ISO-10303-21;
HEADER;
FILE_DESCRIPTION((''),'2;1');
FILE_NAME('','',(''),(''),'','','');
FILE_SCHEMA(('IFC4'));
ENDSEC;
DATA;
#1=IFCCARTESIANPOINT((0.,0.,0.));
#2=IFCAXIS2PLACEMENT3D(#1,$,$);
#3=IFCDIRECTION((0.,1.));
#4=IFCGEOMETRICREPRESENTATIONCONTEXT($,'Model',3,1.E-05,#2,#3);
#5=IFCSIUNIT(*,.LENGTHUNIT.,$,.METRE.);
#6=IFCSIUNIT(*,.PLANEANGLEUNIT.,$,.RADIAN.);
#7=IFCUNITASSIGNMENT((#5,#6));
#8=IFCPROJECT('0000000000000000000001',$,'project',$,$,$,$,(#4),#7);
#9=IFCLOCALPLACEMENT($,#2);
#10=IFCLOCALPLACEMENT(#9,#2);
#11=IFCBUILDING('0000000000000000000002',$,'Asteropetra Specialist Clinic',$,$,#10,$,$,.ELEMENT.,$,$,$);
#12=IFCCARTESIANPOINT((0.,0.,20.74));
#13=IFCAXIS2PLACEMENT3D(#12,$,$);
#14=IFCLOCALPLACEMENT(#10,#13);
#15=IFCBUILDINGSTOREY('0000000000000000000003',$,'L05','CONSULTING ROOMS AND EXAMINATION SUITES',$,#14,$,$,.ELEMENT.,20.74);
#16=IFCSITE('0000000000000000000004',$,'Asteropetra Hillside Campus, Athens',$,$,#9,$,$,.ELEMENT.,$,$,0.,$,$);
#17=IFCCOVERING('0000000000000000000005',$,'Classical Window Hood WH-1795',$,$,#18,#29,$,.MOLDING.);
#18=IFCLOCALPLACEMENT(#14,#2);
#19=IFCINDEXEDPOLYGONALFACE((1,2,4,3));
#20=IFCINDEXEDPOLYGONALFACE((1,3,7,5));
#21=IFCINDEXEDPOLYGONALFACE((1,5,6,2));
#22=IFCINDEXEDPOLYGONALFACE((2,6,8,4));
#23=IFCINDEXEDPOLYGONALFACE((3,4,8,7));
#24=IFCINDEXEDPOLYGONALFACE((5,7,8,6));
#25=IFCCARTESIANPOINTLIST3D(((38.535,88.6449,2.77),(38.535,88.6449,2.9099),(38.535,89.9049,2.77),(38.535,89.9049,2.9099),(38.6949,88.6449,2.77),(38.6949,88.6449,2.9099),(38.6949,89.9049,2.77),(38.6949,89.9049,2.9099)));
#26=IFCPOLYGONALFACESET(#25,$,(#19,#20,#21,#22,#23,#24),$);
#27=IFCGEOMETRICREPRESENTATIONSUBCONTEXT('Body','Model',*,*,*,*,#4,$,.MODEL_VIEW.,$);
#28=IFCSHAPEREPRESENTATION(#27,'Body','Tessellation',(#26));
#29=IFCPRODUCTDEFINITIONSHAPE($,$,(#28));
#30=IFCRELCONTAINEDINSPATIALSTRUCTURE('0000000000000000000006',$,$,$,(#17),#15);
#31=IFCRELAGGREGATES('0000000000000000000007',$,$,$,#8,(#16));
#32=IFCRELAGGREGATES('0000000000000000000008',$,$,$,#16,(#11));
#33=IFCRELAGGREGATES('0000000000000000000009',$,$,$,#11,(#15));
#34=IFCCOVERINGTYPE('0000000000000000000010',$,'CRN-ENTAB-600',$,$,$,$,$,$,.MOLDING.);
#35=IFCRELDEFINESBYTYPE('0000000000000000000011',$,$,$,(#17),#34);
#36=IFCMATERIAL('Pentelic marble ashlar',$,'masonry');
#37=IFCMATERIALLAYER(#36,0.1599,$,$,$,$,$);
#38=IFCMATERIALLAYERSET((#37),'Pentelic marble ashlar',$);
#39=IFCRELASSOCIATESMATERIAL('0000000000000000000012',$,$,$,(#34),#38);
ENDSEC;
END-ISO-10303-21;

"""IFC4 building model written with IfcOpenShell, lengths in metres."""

from ifc_helpers import new_model, si_unit, direction, frame, origin, origin_2d, place, context, subcontext, project, spatial, rectangle, extrude, material, layer, layer_set, type_object, element, save


model = new_model("IFC4")

# Units and contexts
model_context = context("Model", 3, precision=1e-05, world=origin(), true_north=direction((0.0, 1.0)))
body_context = subcontext(model_context, "Body", "Model", "MODEL_VIEW")
ifc_project = project(units=[si_unit("LENGTHUNIT", "METRE"), si_unit("PLANEANGLEUNIT", "RADIAN")], contexts=[model_context])

# Site, building, storey
site_placement = place(None, origin())
site = spatial("IfcSite", under=ifc_project, at=site_placement, Name="Asteropetra Hillside Campus, Athens", CompositionType="ELEMENT", RefElevation=0.0)
building_placement = place(site_placement, origin())
building = spatial("IfcBuilding", under=site, at=building_placement, Name="Asteropetra Specialist Clinic", CompositionType="ELEMENT")
storey_placement = place(building_placement, frame((0.0, 0.0, 20.74)))
storey = spatial("IfcBuildingStorey", under=building, at=storey_placement, Name="L05", Description="CONSULTING ROOMS AND EXAMINATION SUITES", CompositionType="ELEMENT", Elevation=20.74)

# Covering
ifc_material_1 = material(Name="Pentelic marble ashlar", Category="masonry")
ifc_layer_1 = layer(ifc_material_1, 0.1599)
ifc_layer_set_1 = layer_set([ifc_layer_1], Name="Pentelic marble ashlar")
covering_type_1 = type_object("IfcCoveringType", Name="CRN-ENTAB-600", PredefinedType="MOLDING", material=ifc_layer_set_1)
for number, where, z_axis, x_axis, name in (
    (1, (38.615, 89.2749, 2.77), (0.0, 0.0, 1.0), (1.0, 0.0, 0.0), "Classical Window Hood WH-1795"),
):
    element("IfcCovering", number, at=place(storey_placement, frame(where, z_axis=z_axis, x_axis=x_axis)), inside=storey, type_object=covering_type_1, Name=name, PredefinedType="MOLDING", context=body_context, shape_type="SweptSolid", body=[
        extrude(rectangle(XDim=0.1599, YDim=1.26, at=origin_2d()), origin(), (0.0, 0.0, 1.0), 0.1399),
    ])

save(model, "model.ifc")
